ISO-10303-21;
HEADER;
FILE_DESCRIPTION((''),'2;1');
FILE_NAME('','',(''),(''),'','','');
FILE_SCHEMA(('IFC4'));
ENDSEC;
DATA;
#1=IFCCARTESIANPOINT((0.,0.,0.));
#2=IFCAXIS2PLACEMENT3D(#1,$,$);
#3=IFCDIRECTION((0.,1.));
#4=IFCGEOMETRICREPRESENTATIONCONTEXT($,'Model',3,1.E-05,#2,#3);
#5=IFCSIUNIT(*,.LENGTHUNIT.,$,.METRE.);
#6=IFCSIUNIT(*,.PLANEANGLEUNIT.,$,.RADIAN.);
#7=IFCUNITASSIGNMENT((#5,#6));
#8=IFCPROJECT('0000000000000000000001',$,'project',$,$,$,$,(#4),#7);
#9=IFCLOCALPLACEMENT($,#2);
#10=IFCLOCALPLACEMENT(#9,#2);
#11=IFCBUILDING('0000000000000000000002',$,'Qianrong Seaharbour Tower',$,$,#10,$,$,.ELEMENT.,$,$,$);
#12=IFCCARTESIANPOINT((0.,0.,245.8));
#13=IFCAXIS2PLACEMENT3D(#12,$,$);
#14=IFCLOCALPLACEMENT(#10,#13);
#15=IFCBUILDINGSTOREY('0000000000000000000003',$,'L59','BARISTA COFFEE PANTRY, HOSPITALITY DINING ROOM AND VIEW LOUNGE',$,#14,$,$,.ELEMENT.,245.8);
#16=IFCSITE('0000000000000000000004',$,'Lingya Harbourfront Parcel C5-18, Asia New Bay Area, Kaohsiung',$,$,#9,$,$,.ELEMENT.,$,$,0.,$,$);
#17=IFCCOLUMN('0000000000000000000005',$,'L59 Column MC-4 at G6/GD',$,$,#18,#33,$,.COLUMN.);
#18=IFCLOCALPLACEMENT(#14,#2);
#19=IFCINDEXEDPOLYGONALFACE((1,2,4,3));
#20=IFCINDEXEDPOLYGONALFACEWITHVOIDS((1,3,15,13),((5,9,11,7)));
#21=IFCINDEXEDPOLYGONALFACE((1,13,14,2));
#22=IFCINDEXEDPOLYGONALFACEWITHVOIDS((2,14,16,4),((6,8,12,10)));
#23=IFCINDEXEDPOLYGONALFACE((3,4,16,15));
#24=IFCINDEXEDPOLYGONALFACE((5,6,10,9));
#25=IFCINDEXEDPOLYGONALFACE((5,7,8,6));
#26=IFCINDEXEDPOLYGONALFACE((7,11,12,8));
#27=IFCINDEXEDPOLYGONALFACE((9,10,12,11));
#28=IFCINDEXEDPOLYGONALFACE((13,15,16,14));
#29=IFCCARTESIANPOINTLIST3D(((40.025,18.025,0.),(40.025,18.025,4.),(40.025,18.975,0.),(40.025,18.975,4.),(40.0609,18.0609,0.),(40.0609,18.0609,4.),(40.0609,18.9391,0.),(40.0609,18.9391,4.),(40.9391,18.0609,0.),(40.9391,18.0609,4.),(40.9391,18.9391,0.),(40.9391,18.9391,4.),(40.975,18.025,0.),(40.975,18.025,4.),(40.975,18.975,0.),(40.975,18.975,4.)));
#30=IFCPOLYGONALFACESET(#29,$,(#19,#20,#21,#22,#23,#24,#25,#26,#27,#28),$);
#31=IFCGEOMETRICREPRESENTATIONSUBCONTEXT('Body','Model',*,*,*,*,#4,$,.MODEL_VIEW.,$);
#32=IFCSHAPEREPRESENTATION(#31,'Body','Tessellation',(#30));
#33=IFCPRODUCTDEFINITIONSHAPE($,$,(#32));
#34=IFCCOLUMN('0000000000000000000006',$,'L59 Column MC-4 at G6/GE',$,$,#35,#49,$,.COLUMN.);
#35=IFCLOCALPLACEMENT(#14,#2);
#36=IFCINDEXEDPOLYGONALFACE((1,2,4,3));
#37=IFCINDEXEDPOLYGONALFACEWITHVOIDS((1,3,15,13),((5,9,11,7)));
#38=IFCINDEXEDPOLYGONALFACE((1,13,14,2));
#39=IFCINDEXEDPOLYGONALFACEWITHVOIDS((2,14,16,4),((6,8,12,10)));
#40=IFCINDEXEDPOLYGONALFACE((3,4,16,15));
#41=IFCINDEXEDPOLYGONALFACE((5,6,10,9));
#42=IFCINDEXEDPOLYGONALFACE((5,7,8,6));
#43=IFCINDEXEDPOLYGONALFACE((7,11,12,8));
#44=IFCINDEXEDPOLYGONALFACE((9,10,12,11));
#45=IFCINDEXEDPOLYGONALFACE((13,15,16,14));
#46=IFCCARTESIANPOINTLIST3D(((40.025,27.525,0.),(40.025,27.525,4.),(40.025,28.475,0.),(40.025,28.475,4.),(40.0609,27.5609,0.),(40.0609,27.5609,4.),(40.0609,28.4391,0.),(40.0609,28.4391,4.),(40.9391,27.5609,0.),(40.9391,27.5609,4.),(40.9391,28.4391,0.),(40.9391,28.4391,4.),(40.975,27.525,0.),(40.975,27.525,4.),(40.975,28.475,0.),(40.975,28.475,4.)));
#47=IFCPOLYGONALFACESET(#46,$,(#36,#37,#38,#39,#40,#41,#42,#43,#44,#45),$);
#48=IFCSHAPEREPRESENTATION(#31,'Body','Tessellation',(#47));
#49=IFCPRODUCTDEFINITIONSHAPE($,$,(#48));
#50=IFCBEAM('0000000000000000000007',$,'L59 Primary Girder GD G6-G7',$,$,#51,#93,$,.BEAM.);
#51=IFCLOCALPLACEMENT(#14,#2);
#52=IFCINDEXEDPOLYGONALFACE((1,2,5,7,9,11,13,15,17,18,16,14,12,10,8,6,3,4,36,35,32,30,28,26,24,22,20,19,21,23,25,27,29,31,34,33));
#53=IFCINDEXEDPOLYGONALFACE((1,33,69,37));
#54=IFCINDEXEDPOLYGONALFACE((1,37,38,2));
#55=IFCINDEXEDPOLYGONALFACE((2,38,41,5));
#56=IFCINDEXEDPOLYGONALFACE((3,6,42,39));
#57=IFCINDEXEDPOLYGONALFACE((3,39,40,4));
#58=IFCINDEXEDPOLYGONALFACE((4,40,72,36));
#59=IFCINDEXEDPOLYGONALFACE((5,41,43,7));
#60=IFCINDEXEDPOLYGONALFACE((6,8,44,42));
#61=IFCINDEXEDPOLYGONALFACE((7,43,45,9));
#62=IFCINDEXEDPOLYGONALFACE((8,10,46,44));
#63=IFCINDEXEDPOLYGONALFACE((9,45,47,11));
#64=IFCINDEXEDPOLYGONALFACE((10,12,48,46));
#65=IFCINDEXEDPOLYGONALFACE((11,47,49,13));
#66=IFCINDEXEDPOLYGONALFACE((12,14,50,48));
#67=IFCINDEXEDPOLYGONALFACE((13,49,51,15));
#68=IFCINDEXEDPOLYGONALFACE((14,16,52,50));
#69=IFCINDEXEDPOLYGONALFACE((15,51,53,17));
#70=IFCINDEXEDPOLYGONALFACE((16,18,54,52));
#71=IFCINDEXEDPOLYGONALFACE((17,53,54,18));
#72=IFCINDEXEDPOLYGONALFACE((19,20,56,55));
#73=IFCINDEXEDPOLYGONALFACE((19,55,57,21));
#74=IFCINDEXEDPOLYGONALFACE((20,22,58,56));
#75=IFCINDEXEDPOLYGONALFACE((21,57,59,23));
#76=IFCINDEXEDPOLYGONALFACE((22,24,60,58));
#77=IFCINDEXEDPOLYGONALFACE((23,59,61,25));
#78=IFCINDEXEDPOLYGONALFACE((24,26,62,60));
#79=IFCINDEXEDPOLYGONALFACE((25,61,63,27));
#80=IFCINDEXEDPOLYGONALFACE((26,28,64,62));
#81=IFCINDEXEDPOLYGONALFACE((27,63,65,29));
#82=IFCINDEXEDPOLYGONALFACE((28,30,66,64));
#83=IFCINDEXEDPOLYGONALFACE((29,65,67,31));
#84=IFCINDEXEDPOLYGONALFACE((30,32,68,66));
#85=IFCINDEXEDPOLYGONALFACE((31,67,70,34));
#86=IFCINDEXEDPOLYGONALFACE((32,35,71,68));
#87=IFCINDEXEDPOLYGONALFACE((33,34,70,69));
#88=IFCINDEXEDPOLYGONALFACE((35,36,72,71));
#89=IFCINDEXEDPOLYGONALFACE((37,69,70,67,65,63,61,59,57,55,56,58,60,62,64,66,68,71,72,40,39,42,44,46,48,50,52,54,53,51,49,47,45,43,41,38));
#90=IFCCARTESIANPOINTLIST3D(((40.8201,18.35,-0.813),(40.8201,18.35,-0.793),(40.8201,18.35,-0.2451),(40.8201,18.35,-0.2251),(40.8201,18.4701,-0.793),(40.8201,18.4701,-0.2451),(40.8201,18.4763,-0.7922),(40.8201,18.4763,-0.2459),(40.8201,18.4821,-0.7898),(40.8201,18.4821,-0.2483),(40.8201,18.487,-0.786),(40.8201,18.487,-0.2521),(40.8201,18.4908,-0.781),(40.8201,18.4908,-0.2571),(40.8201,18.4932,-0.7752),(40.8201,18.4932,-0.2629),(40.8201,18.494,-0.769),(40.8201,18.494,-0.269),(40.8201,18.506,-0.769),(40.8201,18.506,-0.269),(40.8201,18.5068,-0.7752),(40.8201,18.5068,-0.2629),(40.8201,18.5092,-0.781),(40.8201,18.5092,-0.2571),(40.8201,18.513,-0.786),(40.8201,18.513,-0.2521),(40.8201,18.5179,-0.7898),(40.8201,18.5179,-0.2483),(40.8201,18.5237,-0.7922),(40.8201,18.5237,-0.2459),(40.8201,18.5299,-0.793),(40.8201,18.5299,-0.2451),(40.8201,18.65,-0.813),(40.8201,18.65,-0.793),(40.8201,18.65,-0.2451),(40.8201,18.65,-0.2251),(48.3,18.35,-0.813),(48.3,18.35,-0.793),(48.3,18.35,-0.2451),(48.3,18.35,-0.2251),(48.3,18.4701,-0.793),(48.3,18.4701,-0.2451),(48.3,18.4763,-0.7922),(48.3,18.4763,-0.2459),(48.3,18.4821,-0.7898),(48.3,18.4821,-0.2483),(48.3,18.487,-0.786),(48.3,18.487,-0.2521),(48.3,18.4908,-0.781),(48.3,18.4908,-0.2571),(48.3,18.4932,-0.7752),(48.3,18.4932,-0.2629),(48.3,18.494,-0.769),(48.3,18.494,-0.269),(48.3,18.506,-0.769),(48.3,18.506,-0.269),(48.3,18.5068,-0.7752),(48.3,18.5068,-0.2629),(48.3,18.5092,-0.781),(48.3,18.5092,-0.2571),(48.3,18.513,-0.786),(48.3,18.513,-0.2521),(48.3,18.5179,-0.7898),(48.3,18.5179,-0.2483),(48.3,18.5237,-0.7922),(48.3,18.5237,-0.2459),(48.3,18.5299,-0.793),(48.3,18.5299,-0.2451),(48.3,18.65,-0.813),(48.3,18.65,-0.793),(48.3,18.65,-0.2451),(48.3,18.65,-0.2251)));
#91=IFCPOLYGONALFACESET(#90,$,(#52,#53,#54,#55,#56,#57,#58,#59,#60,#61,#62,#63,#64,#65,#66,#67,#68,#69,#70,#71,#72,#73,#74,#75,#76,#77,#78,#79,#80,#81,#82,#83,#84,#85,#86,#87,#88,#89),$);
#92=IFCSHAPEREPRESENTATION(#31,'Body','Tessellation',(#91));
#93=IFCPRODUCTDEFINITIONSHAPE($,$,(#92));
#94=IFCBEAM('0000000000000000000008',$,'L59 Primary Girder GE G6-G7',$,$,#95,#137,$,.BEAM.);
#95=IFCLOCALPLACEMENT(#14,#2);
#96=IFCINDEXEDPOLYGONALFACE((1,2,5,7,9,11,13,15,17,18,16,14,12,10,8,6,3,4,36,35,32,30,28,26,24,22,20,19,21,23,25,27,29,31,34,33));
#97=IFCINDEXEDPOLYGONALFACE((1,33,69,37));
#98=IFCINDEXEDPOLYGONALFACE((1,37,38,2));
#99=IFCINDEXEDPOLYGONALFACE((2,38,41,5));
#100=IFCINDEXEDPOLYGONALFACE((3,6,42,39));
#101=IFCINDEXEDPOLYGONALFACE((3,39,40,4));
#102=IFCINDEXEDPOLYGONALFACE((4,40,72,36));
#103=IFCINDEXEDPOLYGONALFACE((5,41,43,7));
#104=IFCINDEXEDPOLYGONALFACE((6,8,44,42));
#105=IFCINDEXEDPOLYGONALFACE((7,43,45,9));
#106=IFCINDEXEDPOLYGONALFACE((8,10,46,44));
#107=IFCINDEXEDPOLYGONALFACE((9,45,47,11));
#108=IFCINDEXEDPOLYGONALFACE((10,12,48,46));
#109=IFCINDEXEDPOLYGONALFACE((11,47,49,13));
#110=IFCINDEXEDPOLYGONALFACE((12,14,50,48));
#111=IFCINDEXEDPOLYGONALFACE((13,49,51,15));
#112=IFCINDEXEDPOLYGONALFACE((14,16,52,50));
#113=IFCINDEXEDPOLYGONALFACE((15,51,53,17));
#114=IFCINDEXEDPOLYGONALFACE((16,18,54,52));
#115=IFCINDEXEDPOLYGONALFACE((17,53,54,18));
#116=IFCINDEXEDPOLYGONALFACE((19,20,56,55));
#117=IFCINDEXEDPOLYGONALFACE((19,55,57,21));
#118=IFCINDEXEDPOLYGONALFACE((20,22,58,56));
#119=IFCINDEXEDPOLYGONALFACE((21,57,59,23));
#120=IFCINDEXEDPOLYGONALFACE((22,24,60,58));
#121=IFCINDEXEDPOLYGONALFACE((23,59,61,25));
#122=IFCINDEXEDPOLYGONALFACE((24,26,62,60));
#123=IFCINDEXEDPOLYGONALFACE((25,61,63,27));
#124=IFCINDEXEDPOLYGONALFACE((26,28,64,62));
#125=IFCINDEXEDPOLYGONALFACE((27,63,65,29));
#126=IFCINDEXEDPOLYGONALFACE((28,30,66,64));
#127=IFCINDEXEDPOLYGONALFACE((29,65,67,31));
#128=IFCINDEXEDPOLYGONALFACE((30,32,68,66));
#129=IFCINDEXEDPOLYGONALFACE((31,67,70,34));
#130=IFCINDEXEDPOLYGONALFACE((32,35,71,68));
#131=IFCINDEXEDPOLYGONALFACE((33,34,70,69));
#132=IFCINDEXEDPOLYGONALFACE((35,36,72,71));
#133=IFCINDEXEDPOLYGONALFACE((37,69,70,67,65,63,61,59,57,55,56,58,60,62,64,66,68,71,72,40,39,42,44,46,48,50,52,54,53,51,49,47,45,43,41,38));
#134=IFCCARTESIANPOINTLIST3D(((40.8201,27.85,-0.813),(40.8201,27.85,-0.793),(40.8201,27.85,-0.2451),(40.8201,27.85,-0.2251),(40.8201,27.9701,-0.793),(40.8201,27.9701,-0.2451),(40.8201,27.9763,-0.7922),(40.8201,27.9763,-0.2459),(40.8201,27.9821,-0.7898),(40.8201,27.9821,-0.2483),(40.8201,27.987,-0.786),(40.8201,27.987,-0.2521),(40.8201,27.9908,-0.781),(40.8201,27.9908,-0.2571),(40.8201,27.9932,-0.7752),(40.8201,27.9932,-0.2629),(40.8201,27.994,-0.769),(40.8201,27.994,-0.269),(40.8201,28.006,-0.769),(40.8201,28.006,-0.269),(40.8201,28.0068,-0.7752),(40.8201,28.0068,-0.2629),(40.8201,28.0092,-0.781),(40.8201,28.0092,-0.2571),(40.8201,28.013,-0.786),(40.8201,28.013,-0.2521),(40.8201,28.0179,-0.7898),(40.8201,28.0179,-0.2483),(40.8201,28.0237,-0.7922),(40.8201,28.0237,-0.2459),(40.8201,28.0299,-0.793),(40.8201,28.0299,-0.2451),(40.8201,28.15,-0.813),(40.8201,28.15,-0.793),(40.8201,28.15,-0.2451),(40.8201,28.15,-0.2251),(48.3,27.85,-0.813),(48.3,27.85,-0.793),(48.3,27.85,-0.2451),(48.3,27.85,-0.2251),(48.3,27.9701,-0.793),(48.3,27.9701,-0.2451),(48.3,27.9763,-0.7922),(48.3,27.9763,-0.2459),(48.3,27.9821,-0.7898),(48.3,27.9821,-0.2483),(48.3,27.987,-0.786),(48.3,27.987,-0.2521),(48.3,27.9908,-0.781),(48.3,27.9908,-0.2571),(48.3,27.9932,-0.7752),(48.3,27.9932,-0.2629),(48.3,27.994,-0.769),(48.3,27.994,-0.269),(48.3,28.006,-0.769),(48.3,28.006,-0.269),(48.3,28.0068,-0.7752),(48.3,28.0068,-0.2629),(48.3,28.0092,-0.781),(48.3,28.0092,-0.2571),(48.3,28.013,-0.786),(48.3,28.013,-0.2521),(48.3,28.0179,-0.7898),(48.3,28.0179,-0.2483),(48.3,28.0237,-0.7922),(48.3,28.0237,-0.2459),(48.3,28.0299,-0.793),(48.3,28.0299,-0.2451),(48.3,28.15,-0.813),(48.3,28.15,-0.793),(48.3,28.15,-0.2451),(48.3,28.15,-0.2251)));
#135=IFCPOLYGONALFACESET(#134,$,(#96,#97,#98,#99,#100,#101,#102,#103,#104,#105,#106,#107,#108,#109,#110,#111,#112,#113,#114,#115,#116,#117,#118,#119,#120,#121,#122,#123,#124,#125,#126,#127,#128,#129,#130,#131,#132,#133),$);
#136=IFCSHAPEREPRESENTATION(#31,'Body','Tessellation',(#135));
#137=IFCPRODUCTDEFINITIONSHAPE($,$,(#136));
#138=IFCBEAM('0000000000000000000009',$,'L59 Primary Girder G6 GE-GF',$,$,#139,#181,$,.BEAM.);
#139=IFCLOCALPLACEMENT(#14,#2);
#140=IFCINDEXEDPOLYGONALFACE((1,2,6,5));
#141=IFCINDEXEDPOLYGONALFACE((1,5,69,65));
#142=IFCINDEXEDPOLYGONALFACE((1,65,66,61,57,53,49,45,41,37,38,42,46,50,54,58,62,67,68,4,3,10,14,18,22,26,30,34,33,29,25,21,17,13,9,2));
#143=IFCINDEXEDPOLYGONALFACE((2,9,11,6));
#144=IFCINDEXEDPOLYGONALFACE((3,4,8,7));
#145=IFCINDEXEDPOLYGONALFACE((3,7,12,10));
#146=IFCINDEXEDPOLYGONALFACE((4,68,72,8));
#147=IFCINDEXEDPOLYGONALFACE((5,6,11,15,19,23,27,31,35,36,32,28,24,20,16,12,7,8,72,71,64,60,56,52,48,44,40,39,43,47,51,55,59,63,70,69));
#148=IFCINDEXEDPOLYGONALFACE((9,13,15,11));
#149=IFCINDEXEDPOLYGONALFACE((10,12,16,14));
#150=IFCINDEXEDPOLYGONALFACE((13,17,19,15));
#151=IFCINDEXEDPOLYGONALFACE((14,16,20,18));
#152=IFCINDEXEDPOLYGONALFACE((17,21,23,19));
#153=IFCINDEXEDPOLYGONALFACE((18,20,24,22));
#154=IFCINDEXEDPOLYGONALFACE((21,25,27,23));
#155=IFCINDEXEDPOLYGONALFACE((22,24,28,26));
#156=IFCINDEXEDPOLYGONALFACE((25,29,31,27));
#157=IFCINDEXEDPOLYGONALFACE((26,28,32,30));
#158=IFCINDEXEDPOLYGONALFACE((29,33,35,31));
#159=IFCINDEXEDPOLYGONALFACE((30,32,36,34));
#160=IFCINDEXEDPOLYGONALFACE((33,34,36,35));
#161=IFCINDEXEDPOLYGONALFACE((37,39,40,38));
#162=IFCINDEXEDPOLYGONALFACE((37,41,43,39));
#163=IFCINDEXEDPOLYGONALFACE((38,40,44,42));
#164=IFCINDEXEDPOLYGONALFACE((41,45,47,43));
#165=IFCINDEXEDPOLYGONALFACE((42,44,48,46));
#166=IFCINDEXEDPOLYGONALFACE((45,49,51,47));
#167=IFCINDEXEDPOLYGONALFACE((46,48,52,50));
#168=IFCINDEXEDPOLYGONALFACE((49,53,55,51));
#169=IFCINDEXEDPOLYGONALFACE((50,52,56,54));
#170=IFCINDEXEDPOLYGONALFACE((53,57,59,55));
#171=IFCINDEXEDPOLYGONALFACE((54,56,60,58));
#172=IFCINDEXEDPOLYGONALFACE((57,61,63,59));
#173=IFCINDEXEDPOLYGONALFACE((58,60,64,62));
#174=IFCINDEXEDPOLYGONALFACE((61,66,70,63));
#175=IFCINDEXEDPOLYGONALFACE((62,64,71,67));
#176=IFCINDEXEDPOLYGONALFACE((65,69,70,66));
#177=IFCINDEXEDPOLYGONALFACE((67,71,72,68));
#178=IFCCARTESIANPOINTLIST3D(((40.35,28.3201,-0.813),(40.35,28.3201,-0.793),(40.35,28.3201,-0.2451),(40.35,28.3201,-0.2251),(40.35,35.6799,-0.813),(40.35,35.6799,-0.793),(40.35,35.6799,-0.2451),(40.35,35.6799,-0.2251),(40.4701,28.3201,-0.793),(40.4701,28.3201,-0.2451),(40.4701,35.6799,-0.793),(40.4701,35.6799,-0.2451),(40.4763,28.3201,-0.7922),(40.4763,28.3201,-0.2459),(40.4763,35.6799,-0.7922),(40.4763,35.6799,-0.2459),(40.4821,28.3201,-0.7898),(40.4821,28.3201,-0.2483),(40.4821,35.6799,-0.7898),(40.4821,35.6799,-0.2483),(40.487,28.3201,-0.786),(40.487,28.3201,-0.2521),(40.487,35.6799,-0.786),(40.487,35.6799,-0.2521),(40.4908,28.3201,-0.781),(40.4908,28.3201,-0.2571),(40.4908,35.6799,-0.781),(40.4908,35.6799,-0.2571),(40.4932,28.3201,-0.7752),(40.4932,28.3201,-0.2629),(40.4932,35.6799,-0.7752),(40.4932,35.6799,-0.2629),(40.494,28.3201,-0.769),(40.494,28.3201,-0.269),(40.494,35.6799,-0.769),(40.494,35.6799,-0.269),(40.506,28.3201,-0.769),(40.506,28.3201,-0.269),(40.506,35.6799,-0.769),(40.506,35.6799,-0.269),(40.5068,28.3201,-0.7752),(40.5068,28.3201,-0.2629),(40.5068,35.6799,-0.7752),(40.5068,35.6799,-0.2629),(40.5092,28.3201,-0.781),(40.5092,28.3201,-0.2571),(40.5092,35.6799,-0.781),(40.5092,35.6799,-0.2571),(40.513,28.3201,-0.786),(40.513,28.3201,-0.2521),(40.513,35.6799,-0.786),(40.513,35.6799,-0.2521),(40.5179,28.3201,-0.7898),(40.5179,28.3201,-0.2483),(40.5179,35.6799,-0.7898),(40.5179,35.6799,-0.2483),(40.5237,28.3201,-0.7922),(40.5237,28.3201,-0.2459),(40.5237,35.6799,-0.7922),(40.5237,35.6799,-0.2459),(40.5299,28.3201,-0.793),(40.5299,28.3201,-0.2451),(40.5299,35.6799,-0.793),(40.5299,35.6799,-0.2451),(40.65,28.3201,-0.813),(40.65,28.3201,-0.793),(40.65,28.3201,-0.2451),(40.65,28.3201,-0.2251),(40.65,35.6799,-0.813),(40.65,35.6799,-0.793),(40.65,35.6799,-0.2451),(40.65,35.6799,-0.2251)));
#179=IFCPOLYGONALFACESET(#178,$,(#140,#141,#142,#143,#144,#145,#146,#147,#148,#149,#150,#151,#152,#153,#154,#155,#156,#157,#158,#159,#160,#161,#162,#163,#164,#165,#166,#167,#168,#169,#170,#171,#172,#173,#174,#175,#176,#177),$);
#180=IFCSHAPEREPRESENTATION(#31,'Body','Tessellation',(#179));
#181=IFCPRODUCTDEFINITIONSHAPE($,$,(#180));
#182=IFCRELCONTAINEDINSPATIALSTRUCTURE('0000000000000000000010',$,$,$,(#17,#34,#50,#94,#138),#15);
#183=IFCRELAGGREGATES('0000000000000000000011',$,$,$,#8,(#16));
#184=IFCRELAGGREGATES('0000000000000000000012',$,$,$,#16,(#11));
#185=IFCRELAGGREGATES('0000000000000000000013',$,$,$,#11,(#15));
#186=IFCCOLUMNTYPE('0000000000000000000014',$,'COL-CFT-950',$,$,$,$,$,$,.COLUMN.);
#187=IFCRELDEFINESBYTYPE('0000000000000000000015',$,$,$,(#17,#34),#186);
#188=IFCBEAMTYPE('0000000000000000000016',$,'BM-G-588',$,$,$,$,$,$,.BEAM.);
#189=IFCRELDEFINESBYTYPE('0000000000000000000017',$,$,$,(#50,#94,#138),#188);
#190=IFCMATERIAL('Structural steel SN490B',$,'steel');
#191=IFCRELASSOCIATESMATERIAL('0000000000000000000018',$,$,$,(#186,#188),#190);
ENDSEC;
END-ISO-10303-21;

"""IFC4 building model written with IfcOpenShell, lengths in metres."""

from ifc_helpers import new_model, si_unit, direction, frame, origin, origin_2d, place, context, subcontext, project, spatial, hollow_rectangle, i_section, extrude, material, material_profile, profile_set, type_object, element, save


model = new_model("IFC4")

# Units and contexts
model_context = context("Model", 3, precision=1e-05, world=origin(), true_north=direction((0.0, 1.0)))
body_context = subcontext(model_context, "Body", "Model", "MODEL_VIEW")
ifc_project = project(units=[si_unit("LENGTHUNIT", "METRE"), si_unit("PLANEANGLEUNIT", "RADIAN")], contexts=[model_context])

# Site, building, storey
site_placement = place(None, origin())
site = spatial("IfcSite", under=ifc_project, at=site_placement, Name="Lingya Harbourfront Parcel C5-18, Asia New Bay Area, Kaohsiung", CompositionType="ELEMENT", RefElevation=0.0)
building_placement = place(site_placement, origin())
building = spatial("IfcBuilding", under=site, at=building_placement, Name="Qianrong Seaharbour Tower", CompositionType="ELEMENT")
storey_placement = place(building_placement, frame((0.0, 0.0, 245.8)))
storey = spatial("IfcBuildingStorey", under=building, at=storey_placement, Name="L59", Description="BARISTA COFFEE PANTRY, HOSPITALITY DINING ROOM AND VIEW LOUNGE", CompositionType="ELEMENT", Elevation=245.8)

# Columns
ifc_material_1 = material(Name="Structural steel SN490B", Category="steel")
ifc_material_profile_1 = material_profile(ifc_material_1, hollow_rectangle(XDim=0.95, YDim=0.95, WallThickness=0.0359, at=origin_2d()), Name="BOX950x950x36")
ifc_profile_set_1 = profile_set([ifc_material_profile_1], Name="Structural steel SN490B")
column_type = type_object("IfcColumnType", Name="COL-CFT-950", PredefinedType="COLUMN", material=ifc_profile_set_1)
for number, where, z_axis, x_axis, name in (
    (1, (40.5, 18.5, 0.0), (0.0, 0.0, 1.0), (1.0, 0.0, 0.0), "L59 Column MC-4 at G6/GD"),
    (2, (40.5, 28.0, 0.0), (0.0, 0.0, 1.0), (1.0, 0.0, 0.0), "L59 Column MC-4 at G6/GE"),
):
    element("IfcColumn", number, at=place(storey_placement, frame(where, z_axis=z_axis, x_axis=x_axis)), inside=storey, type_object=column_type, Name=name, PredefinedType="COLUMN", context=body_context, shape_type="SweptSolid", body=[
        extrude(hollow_rectangle(XDim=0.95, YDim=0.95, WallThickness=0.0359, at=origin_2d()), origin(), (0.0, 0.0, 1.0), 4.0),
    ])

# Beams
ifc_material_profile_2 = material_profile(ifc_material_1, i_section(OverallWidth=0.3, OverallDepth=0.5879, WebThickness=0.012, FlangeThickness=0.02, FilletRadius=0.0239, at=origin_2d()), Name="H588x300x12x20")
ifc_profile_set_2 = profile_set([ifc_material_profile_2], Name="Structural steel SN490B")
beam_type_1 = type_object("IfcBeamType", Name="BM-G-588", PredefinedType="BEAM", material=ifc_profile_set_2)
for number, where, z_axis, x_axis, name in (
    (3, (40.8201, 18.5, -0.519), (1.0, 0.0, 0.0), (0.0, 1.0, 0.0), "L59 Primary Girder GD G6-G7"),
    (4, (40.8201, 28.0, -0.519), (1.0, 0.0, 0.0), (0.0, 1.0, 0.0), "L59 Primary Girder GE G6-G7"),
):
    element("IfcBeam", number, at=place(storey_placement, frame(where, z_axis=z_axis, x_axis=x_axis)), inside=storey, type_object=beam_type_1, Name=name, PredefinedType="BEAM", context=body_context, shape_type="SweptSolid", body=[
        extrude(i_section(OverallWidth=0.3, OverallDepth=0.5879, WebThickness=0.012, FlangeThickness=0.02, FilletRadius=0.0239, at=origin_2d()), origin(), (0.0, 0.0, 1.0), 7.48),
    ])
beam_1_placement = place(storey_placement, frame((40.5, 28.3201, -0.519), z_axis=(0.0, 1.0, 0.0), x_axis=(-1.0, 0.0, 0.0)))
element("IfcBeam", 5, at=beam_1_placement, inside=storey, type_object=beam_type_1, Name="L59 Primary Girder G6 GE-GF", PredefinedType="BEAM", context=body_context, shape_type="SweptSolid", body=[
    extrude(i_section(OverallWidth=0.3, OverallDepth=0.5879, WebThickness=0.012, FlangeThickness=0.02, FilletRadius=0.0239, at=origin_2d()), origin(), (0.0, 0.0, 1.0), 7.3599),
])

save(model, "model.ifc")
